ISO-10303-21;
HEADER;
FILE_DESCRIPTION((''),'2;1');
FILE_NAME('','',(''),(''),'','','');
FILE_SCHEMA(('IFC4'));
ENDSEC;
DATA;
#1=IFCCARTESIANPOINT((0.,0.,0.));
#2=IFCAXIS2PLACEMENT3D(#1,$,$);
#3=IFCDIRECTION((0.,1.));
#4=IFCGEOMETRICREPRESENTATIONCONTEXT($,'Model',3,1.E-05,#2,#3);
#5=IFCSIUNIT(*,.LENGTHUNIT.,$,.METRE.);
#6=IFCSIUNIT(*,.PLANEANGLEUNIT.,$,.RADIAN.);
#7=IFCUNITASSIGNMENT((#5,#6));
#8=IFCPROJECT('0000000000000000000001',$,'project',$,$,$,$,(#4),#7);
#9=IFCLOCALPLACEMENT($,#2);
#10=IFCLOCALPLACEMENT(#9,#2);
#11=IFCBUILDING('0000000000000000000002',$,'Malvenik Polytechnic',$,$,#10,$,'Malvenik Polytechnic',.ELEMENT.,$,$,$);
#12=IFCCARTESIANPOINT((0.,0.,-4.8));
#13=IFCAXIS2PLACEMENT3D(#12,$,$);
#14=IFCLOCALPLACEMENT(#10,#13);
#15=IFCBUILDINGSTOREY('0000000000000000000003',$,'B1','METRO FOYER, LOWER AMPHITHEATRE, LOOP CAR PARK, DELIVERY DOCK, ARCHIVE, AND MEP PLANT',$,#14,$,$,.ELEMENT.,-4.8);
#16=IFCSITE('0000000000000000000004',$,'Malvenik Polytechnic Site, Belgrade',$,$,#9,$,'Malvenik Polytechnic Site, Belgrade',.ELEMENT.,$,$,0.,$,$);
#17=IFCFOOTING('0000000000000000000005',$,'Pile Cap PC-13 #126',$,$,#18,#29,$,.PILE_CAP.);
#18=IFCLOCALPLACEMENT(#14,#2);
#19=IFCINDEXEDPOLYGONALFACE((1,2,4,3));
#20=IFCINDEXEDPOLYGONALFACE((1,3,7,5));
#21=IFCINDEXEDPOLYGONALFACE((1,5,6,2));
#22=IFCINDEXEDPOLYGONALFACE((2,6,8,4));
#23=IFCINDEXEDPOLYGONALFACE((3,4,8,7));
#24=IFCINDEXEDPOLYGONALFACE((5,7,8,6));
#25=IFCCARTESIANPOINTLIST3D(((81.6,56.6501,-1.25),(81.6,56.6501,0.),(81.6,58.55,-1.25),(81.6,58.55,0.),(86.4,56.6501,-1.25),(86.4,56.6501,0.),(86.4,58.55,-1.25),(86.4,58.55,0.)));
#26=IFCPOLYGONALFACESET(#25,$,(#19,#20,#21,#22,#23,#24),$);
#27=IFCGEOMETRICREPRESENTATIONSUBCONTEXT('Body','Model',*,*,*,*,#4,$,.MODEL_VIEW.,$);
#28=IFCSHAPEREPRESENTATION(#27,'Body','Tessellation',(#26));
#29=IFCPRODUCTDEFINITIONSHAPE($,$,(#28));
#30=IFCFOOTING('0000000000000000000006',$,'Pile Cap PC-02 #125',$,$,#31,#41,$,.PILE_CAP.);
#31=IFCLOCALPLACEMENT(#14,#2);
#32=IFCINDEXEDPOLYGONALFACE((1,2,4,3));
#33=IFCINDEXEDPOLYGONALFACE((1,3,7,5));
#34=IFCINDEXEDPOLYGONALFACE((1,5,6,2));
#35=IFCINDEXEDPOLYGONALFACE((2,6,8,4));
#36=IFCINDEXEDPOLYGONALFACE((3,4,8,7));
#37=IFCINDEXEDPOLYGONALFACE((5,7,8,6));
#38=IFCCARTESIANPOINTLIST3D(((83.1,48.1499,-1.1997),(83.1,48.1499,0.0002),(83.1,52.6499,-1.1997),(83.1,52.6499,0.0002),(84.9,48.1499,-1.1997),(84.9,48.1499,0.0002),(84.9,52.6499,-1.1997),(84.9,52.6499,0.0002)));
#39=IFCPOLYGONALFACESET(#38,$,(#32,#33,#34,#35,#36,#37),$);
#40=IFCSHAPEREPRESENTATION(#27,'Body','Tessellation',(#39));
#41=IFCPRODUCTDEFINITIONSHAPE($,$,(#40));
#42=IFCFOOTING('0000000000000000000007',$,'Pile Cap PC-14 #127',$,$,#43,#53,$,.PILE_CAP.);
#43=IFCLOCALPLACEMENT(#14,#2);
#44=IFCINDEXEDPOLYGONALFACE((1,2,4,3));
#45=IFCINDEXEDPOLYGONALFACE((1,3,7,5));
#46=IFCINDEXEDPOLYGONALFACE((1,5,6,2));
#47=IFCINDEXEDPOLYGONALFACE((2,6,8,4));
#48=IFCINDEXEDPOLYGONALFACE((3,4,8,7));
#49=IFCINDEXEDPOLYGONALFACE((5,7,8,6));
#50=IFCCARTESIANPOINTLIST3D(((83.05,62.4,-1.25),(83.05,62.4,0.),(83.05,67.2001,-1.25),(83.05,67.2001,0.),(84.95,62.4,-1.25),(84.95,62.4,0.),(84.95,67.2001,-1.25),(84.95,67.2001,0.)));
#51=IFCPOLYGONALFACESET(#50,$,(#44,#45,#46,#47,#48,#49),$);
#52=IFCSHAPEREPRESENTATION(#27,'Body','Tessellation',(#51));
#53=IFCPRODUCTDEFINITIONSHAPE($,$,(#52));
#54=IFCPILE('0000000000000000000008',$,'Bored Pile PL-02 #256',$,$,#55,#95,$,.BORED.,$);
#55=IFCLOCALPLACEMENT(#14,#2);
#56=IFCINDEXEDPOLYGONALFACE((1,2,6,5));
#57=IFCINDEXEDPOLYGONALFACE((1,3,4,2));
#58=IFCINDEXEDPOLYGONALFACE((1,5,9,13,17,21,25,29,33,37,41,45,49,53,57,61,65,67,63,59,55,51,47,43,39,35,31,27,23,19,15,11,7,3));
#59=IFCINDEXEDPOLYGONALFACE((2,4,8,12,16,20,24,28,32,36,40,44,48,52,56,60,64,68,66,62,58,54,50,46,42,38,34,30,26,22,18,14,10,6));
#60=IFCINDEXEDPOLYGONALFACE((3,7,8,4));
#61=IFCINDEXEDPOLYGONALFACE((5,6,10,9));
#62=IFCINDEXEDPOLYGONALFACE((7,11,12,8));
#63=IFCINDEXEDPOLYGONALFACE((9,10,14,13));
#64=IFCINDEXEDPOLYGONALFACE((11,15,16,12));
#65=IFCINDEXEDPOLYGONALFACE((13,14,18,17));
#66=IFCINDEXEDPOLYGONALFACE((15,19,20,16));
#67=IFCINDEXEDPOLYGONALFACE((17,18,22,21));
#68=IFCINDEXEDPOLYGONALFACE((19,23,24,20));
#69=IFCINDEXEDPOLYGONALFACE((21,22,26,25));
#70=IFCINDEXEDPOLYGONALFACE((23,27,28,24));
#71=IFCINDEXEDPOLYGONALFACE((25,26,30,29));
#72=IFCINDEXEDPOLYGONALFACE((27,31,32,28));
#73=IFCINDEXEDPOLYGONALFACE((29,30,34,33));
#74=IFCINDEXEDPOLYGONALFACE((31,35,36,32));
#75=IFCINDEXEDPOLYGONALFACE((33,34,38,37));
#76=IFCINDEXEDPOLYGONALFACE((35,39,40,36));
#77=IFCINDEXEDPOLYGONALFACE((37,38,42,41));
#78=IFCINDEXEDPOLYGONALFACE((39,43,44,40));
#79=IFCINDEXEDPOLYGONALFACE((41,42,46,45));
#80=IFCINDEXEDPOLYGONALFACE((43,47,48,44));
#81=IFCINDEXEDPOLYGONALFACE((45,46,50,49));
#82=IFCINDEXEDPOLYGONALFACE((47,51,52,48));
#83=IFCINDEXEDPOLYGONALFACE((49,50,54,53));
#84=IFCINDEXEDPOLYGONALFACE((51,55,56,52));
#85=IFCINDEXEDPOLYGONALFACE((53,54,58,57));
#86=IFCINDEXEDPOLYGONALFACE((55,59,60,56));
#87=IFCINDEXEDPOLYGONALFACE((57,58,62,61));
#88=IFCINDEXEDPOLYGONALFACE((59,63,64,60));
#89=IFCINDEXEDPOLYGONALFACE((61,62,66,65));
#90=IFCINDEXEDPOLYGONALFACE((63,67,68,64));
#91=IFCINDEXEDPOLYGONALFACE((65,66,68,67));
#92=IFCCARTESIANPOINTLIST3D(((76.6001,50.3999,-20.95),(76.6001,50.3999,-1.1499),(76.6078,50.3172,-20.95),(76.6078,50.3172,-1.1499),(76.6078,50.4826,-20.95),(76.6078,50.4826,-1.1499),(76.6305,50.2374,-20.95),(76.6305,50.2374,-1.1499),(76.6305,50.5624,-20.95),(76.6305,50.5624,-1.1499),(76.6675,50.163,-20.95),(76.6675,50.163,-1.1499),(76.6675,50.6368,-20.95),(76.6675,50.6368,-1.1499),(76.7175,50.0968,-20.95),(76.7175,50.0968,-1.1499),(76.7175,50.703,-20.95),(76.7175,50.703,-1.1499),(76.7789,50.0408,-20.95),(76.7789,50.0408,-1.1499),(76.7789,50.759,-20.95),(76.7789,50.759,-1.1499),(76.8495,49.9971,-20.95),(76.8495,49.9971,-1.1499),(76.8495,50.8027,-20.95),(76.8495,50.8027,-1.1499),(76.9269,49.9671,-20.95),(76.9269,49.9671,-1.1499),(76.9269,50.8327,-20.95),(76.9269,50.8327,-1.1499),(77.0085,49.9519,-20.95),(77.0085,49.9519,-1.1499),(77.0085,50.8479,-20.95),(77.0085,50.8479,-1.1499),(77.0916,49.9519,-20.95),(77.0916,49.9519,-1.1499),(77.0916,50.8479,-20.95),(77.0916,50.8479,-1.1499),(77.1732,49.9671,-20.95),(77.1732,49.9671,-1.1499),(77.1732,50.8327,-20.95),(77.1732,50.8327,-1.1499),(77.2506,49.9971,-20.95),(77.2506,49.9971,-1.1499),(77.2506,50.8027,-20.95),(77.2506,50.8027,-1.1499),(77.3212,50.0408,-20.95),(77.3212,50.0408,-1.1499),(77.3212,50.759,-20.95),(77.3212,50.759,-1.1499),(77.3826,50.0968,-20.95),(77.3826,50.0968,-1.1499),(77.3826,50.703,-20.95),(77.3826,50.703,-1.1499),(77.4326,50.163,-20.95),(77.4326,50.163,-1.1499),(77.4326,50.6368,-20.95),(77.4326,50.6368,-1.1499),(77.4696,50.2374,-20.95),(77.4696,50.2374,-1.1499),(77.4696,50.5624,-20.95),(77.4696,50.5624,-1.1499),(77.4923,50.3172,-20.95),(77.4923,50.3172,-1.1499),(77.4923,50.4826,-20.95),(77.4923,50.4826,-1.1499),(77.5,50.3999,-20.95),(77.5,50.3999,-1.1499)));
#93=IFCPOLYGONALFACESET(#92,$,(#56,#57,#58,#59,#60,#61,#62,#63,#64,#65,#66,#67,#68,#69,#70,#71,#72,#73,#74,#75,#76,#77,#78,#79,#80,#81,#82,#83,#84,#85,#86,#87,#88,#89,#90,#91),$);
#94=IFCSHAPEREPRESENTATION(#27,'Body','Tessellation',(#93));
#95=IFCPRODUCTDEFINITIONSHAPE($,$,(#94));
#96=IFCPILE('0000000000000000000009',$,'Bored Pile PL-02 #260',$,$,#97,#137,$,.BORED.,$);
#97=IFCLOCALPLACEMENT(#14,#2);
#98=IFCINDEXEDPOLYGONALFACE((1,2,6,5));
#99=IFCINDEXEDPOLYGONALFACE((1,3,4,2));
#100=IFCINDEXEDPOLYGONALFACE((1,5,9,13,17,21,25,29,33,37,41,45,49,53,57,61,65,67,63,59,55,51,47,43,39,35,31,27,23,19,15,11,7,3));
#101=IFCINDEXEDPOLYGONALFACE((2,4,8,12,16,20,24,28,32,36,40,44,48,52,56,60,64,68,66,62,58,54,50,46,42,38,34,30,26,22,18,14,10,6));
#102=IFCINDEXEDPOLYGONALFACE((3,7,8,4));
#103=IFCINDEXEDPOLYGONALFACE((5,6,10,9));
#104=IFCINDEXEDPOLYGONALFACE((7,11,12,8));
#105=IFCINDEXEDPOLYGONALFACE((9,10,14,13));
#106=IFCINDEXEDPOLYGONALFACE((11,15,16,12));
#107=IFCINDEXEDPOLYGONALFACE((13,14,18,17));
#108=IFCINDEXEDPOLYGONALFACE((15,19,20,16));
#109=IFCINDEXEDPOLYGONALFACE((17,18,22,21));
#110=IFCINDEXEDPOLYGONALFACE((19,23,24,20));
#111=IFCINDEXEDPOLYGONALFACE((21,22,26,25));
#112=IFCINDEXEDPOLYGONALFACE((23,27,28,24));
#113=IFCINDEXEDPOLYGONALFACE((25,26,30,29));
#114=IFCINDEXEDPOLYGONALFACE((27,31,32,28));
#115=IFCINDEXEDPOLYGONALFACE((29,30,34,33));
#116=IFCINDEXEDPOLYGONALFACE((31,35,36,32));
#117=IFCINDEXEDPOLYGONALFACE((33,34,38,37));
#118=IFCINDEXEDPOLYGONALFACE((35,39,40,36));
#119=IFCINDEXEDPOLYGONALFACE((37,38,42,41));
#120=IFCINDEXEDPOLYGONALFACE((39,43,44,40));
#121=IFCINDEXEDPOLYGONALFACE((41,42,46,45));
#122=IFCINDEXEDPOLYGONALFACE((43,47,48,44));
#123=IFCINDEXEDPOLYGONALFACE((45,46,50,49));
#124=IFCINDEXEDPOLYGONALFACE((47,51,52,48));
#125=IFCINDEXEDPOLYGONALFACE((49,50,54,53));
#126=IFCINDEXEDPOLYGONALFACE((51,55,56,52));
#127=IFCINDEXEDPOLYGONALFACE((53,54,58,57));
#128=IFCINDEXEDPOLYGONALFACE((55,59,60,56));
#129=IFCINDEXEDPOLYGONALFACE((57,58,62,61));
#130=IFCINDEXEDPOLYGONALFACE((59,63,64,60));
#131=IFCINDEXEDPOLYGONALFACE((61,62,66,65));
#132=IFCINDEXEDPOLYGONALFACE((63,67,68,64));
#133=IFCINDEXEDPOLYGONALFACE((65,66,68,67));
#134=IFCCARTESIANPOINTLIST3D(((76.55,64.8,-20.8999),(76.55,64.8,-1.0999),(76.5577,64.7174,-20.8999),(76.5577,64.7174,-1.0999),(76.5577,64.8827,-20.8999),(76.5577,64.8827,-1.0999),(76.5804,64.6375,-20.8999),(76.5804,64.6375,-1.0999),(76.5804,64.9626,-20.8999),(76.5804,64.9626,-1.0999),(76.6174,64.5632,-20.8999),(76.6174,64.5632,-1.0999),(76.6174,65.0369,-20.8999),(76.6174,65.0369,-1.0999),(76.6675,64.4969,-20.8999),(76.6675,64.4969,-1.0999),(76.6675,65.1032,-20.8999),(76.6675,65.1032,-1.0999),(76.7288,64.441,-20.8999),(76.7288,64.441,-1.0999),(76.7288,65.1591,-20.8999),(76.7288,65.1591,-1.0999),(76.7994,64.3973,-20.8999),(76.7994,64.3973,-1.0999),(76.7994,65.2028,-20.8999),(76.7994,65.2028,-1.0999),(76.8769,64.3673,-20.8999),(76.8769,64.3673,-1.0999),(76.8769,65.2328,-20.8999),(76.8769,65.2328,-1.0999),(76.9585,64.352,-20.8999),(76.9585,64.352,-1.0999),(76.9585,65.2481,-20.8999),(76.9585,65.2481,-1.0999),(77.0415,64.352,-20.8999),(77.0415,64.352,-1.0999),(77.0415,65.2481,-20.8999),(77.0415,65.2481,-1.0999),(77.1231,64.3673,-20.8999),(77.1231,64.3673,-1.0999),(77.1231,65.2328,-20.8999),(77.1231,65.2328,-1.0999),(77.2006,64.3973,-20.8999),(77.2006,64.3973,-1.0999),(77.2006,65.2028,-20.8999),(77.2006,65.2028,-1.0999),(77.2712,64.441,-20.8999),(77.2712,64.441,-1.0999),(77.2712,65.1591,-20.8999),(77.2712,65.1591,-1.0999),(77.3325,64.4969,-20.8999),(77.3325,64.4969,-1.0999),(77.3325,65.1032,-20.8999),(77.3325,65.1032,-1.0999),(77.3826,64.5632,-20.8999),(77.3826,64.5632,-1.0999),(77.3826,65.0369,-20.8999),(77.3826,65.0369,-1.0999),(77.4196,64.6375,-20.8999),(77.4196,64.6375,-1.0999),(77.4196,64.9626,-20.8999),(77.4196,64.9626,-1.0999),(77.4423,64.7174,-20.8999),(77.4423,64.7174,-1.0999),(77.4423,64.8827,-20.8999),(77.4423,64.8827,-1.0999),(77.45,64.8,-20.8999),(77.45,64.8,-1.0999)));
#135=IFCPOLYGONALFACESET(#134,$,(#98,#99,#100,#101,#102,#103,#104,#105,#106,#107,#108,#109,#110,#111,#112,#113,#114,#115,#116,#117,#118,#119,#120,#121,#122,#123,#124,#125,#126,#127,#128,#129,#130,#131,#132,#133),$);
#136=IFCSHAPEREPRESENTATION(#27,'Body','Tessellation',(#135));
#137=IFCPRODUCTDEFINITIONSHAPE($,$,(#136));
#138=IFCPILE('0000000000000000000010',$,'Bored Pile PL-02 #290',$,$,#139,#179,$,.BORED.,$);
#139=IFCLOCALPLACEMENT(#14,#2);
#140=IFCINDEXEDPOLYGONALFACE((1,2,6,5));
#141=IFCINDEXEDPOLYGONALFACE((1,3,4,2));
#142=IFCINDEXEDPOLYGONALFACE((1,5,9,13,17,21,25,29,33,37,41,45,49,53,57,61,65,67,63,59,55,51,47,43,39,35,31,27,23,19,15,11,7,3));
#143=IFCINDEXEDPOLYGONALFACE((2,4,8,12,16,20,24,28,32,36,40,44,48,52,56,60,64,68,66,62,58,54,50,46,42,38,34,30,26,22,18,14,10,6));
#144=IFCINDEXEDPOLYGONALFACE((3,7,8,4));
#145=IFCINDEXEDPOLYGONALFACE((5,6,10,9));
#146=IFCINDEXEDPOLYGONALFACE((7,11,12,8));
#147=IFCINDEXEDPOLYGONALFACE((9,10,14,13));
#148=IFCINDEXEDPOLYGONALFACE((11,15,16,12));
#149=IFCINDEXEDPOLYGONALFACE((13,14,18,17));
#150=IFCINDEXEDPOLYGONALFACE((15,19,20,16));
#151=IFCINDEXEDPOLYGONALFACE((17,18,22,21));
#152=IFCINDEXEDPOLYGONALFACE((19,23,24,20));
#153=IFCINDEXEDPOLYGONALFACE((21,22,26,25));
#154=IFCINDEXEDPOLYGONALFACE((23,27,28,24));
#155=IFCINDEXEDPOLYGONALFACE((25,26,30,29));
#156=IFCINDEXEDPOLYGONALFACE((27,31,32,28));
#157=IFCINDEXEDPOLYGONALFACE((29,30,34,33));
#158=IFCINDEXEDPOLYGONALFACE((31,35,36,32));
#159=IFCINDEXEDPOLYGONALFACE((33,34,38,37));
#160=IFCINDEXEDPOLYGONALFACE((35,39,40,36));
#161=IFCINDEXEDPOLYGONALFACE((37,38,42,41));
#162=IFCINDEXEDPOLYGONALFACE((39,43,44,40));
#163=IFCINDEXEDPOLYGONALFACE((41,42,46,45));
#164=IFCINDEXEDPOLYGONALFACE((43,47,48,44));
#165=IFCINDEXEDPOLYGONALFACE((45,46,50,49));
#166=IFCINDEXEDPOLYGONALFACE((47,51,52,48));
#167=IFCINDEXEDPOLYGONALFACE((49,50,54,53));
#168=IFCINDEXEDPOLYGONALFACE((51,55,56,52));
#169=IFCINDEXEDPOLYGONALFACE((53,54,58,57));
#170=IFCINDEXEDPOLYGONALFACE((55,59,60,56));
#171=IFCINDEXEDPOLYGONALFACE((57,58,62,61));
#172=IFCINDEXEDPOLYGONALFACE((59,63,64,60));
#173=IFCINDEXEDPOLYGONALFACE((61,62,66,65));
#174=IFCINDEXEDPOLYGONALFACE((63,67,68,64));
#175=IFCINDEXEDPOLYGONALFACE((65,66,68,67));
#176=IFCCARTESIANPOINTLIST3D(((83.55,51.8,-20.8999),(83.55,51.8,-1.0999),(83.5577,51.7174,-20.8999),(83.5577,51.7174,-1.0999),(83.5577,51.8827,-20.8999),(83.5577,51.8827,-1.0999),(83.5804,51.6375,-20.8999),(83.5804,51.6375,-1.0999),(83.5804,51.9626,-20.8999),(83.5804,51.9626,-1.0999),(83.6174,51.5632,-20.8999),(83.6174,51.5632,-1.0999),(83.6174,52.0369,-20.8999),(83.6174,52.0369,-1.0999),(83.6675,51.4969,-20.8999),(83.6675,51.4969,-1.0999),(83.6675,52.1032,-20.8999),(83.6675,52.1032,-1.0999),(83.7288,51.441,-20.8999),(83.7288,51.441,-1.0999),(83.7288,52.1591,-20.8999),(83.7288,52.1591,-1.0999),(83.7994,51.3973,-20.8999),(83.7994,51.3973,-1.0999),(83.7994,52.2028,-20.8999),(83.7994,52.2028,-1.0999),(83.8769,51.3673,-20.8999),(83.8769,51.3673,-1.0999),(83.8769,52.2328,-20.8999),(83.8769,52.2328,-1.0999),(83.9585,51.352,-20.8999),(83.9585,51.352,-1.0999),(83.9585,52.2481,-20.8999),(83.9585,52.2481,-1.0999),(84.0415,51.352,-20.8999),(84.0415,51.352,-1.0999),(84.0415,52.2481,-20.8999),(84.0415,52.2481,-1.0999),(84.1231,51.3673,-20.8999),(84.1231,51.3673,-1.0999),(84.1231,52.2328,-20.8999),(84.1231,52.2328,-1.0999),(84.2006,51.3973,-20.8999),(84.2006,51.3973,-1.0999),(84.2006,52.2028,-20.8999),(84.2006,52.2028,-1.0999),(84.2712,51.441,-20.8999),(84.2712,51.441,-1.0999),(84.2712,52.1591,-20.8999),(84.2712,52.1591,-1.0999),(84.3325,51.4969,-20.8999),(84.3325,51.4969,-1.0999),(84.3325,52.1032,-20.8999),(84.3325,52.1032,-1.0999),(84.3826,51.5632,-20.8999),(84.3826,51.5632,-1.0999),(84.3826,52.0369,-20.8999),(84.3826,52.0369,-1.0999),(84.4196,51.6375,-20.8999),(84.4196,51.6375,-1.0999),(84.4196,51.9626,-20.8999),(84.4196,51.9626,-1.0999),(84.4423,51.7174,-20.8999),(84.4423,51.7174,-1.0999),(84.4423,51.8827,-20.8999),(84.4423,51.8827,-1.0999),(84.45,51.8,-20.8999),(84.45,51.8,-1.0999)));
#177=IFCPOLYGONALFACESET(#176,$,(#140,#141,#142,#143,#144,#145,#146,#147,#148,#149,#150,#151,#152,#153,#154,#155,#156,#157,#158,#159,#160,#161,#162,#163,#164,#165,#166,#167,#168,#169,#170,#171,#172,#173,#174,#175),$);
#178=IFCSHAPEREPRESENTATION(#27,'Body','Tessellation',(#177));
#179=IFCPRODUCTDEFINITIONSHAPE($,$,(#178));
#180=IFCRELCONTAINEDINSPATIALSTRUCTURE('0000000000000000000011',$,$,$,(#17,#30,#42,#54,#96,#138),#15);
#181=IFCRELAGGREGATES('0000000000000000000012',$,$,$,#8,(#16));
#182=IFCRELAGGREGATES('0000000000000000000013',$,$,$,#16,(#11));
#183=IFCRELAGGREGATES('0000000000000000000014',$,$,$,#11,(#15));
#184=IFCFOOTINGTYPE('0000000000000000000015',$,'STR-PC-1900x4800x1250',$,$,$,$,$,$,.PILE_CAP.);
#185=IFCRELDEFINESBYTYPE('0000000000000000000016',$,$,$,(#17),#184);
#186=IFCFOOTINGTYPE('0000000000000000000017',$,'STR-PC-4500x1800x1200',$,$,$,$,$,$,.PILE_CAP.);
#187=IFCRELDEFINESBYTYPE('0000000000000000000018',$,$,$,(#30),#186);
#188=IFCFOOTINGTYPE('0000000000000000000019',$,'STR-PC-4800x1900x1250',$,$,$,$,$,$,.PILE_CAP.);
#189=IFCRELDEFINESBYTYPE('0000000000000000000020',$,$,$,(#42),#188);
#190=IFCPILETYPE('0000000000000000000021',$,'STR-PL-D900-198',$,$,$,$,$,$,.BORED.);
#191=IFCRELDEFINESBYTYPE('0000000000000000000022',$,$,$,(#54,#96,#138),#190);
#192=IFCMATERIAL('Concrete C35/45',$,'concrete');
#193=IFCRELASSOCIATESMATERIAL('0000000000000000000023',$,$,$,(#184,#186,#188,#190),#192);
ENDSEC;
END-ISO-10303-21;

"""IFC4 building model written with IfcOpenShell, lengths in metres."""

from ifc_helpers import new_model, si_unit, direction, frame, origin, origin_2d, place, context, subcontext, project, spatial, rectangle, circle, extrude, material, material_profile, profile_set, type_object, element, save


model = new_model("IFC4")

# Units and contexts
model_context = context("Model", 3, precision=1e-05, world=origin(), true_north=direction((0.0, 1.0)))
body_context = subcontext(model_context, "Body", "Model", "MODEL_VIEW")
ifc_project = project(units=[si_unit("LENGTHUNIT", "METRE"), si_unit("PLANEANGLEUNIT", "RADIAN")], contexts=[model_context])

# Site, building, storey
site_placement = place(None, origin())
site = spatial("IfcSite", under=ifc_project, at=site_placement, Name="Malvenik Polytechnic Site, Belgrade", LongName="Malvenik Polytechnic Site, Belgrade", CompositionType="ELEMENT", RefElevation=0.0)
building_placement = place(site_placement, origin())
building = spatial("IfcBuilding", under=site, at=building_placement, Name="Malvenik Polytechnic", LongName="Malvenik Polytechnic", CompositionType="ELEMENT")
storey_placement = place(building_placement, frame((0.0, 0.0, -4.8)))
storey = spatial("IfcBuildingStorey", under=building, at=storey_placement, Name="B1", Description="METRO FOYER, LOWER AMPHITHEATRE, LOOP CAR PARK, DELIVERY DOCK, ARCHIVE, AND MEP PLANT", CompositionType="ELEMENT", Elevation=-4.8)

# Footings
ifc_material_1 = material(Name="Concrete C35/45", Category="concrete")
footing_type_1 = type_object("IfcFootingType", Name="STR-PC-1900x4800x1250", PredefinedType="PILE_CAP", material=ifc_material_1)
footing_1_placement = place(storey_placement, frame((84.0, 57.6001, -1.25), z_axis=(0.0, 0.0, 1.0), x_axis=(1.0, 0.0, 0.0)))
element("IfcFooting", 1, at=footing_1_placement, inside=storey, type_object=footing_type_1, Name="Pile Cap PC-13 #126", PredefinedType="PILE_CAP", context=body_context, shape_type="SweptSolid", body=[
    extrude(rectangle(XDim=4.8, YDim=1.8999, at=origin_2d()), origin(), (0.0, 0.0, 1.0), 1.25),
])
footing_type_2 = type_object("IfcFootingType", Name="STR-PC-4500x1800x1200", PredefinedType="PILE_CAP", material=ifc_material_1)
footing_2_placement = place(storey_placement, frame((84.0, 50.3999, -1.1997), z_axis=(0.0, 0.0, 1.0), x_axis=(1.0, 0.0, 0.0)))
element("IfcFooting", 2, at=footing_2_placement, inside=storey, type_object=footing_type_2, Name="Pile Cap PC-02 #125", PredefinedType="PILE_CAP", context=body_context, shape_type="SweptSolid", body=[
    extrude(rectangle(XDim=1.8, YDim=4.5, at=origin_2d()), origin(), (0.0, 0.0, 1.0), 1.2),
])
footing_type_3 = type_object("IfcFootingType", Name="STR-PC-4800x1900x1250", PredefinedType="PILE_CAP", material=ifc_material_1)
footing_3_placement = place(storey_placement, frame((84.0, 64.8, -1.25), z_axis=(0.0, 0.0, 1.0), x_axis=(1.0, 0.0, 0.0)))
element("IfcFooting", 3, at=footing_3_placement, inside=storey, type_object=footing_type_3, Name="Pile Cap PC-14 #127", PredefinedType="PILE_CAP", context=body_context, shape_type="SweptSolid", body=[
    extrude(rectangle(XDim=1.8999, YDim=4.8, at=origin_2d()), origin(), (0.0, 0.0, 1.0), 1.25),
])

# Piles
ifc_material_profile_1 = material_profile(ifc_material_1, circle(Radius=0.45, at=origin_2d()), Name="BORED PILE D900")
ifc_profile_set_1 = profile_set([ifc_material_profile_1], Name="Concrete C35/45")
pile_type = type_object("IfcPileType", Name="STR-PL-D900-198", PredefinedType="BORED", material=ifc_profile_set_1)
for number, where, z_axis, x_axis, name in (
    (4, (77.05, 50.3999, -1.1499), (0.0, 0.0, -1.0), (1.0, 0.0, 0.0), "Bored Pile PL-02 #256"),
    (5, (77.0, 64.8, -1.0999), (0.0, 0.0, -1.0), (1.0, 0.0, 0.0), "Bored Pile PL-02 #260"),
    (6, (84.0, 51.8, -1.0999), (0.0, 0.0, -1.0), (1.0, 0.0, 0.0), "Bored Pile PL-02 #290"),
):
    element("IfcPile", number, at=place(storey_placement, frame(where, z_axis=z_axis, x_axis=x_axis)), inside=storey, type_object=pile_type, Name=name, PredefinedType="BORED", context=body_context, shape_type="SweptSolid", body=[
        extrude(circle(Radius=0.45, at=origin_2d()), origin(), (0.0, 0.0, 1.0), 19.8),
    ])

save(model, "model.ifc")
